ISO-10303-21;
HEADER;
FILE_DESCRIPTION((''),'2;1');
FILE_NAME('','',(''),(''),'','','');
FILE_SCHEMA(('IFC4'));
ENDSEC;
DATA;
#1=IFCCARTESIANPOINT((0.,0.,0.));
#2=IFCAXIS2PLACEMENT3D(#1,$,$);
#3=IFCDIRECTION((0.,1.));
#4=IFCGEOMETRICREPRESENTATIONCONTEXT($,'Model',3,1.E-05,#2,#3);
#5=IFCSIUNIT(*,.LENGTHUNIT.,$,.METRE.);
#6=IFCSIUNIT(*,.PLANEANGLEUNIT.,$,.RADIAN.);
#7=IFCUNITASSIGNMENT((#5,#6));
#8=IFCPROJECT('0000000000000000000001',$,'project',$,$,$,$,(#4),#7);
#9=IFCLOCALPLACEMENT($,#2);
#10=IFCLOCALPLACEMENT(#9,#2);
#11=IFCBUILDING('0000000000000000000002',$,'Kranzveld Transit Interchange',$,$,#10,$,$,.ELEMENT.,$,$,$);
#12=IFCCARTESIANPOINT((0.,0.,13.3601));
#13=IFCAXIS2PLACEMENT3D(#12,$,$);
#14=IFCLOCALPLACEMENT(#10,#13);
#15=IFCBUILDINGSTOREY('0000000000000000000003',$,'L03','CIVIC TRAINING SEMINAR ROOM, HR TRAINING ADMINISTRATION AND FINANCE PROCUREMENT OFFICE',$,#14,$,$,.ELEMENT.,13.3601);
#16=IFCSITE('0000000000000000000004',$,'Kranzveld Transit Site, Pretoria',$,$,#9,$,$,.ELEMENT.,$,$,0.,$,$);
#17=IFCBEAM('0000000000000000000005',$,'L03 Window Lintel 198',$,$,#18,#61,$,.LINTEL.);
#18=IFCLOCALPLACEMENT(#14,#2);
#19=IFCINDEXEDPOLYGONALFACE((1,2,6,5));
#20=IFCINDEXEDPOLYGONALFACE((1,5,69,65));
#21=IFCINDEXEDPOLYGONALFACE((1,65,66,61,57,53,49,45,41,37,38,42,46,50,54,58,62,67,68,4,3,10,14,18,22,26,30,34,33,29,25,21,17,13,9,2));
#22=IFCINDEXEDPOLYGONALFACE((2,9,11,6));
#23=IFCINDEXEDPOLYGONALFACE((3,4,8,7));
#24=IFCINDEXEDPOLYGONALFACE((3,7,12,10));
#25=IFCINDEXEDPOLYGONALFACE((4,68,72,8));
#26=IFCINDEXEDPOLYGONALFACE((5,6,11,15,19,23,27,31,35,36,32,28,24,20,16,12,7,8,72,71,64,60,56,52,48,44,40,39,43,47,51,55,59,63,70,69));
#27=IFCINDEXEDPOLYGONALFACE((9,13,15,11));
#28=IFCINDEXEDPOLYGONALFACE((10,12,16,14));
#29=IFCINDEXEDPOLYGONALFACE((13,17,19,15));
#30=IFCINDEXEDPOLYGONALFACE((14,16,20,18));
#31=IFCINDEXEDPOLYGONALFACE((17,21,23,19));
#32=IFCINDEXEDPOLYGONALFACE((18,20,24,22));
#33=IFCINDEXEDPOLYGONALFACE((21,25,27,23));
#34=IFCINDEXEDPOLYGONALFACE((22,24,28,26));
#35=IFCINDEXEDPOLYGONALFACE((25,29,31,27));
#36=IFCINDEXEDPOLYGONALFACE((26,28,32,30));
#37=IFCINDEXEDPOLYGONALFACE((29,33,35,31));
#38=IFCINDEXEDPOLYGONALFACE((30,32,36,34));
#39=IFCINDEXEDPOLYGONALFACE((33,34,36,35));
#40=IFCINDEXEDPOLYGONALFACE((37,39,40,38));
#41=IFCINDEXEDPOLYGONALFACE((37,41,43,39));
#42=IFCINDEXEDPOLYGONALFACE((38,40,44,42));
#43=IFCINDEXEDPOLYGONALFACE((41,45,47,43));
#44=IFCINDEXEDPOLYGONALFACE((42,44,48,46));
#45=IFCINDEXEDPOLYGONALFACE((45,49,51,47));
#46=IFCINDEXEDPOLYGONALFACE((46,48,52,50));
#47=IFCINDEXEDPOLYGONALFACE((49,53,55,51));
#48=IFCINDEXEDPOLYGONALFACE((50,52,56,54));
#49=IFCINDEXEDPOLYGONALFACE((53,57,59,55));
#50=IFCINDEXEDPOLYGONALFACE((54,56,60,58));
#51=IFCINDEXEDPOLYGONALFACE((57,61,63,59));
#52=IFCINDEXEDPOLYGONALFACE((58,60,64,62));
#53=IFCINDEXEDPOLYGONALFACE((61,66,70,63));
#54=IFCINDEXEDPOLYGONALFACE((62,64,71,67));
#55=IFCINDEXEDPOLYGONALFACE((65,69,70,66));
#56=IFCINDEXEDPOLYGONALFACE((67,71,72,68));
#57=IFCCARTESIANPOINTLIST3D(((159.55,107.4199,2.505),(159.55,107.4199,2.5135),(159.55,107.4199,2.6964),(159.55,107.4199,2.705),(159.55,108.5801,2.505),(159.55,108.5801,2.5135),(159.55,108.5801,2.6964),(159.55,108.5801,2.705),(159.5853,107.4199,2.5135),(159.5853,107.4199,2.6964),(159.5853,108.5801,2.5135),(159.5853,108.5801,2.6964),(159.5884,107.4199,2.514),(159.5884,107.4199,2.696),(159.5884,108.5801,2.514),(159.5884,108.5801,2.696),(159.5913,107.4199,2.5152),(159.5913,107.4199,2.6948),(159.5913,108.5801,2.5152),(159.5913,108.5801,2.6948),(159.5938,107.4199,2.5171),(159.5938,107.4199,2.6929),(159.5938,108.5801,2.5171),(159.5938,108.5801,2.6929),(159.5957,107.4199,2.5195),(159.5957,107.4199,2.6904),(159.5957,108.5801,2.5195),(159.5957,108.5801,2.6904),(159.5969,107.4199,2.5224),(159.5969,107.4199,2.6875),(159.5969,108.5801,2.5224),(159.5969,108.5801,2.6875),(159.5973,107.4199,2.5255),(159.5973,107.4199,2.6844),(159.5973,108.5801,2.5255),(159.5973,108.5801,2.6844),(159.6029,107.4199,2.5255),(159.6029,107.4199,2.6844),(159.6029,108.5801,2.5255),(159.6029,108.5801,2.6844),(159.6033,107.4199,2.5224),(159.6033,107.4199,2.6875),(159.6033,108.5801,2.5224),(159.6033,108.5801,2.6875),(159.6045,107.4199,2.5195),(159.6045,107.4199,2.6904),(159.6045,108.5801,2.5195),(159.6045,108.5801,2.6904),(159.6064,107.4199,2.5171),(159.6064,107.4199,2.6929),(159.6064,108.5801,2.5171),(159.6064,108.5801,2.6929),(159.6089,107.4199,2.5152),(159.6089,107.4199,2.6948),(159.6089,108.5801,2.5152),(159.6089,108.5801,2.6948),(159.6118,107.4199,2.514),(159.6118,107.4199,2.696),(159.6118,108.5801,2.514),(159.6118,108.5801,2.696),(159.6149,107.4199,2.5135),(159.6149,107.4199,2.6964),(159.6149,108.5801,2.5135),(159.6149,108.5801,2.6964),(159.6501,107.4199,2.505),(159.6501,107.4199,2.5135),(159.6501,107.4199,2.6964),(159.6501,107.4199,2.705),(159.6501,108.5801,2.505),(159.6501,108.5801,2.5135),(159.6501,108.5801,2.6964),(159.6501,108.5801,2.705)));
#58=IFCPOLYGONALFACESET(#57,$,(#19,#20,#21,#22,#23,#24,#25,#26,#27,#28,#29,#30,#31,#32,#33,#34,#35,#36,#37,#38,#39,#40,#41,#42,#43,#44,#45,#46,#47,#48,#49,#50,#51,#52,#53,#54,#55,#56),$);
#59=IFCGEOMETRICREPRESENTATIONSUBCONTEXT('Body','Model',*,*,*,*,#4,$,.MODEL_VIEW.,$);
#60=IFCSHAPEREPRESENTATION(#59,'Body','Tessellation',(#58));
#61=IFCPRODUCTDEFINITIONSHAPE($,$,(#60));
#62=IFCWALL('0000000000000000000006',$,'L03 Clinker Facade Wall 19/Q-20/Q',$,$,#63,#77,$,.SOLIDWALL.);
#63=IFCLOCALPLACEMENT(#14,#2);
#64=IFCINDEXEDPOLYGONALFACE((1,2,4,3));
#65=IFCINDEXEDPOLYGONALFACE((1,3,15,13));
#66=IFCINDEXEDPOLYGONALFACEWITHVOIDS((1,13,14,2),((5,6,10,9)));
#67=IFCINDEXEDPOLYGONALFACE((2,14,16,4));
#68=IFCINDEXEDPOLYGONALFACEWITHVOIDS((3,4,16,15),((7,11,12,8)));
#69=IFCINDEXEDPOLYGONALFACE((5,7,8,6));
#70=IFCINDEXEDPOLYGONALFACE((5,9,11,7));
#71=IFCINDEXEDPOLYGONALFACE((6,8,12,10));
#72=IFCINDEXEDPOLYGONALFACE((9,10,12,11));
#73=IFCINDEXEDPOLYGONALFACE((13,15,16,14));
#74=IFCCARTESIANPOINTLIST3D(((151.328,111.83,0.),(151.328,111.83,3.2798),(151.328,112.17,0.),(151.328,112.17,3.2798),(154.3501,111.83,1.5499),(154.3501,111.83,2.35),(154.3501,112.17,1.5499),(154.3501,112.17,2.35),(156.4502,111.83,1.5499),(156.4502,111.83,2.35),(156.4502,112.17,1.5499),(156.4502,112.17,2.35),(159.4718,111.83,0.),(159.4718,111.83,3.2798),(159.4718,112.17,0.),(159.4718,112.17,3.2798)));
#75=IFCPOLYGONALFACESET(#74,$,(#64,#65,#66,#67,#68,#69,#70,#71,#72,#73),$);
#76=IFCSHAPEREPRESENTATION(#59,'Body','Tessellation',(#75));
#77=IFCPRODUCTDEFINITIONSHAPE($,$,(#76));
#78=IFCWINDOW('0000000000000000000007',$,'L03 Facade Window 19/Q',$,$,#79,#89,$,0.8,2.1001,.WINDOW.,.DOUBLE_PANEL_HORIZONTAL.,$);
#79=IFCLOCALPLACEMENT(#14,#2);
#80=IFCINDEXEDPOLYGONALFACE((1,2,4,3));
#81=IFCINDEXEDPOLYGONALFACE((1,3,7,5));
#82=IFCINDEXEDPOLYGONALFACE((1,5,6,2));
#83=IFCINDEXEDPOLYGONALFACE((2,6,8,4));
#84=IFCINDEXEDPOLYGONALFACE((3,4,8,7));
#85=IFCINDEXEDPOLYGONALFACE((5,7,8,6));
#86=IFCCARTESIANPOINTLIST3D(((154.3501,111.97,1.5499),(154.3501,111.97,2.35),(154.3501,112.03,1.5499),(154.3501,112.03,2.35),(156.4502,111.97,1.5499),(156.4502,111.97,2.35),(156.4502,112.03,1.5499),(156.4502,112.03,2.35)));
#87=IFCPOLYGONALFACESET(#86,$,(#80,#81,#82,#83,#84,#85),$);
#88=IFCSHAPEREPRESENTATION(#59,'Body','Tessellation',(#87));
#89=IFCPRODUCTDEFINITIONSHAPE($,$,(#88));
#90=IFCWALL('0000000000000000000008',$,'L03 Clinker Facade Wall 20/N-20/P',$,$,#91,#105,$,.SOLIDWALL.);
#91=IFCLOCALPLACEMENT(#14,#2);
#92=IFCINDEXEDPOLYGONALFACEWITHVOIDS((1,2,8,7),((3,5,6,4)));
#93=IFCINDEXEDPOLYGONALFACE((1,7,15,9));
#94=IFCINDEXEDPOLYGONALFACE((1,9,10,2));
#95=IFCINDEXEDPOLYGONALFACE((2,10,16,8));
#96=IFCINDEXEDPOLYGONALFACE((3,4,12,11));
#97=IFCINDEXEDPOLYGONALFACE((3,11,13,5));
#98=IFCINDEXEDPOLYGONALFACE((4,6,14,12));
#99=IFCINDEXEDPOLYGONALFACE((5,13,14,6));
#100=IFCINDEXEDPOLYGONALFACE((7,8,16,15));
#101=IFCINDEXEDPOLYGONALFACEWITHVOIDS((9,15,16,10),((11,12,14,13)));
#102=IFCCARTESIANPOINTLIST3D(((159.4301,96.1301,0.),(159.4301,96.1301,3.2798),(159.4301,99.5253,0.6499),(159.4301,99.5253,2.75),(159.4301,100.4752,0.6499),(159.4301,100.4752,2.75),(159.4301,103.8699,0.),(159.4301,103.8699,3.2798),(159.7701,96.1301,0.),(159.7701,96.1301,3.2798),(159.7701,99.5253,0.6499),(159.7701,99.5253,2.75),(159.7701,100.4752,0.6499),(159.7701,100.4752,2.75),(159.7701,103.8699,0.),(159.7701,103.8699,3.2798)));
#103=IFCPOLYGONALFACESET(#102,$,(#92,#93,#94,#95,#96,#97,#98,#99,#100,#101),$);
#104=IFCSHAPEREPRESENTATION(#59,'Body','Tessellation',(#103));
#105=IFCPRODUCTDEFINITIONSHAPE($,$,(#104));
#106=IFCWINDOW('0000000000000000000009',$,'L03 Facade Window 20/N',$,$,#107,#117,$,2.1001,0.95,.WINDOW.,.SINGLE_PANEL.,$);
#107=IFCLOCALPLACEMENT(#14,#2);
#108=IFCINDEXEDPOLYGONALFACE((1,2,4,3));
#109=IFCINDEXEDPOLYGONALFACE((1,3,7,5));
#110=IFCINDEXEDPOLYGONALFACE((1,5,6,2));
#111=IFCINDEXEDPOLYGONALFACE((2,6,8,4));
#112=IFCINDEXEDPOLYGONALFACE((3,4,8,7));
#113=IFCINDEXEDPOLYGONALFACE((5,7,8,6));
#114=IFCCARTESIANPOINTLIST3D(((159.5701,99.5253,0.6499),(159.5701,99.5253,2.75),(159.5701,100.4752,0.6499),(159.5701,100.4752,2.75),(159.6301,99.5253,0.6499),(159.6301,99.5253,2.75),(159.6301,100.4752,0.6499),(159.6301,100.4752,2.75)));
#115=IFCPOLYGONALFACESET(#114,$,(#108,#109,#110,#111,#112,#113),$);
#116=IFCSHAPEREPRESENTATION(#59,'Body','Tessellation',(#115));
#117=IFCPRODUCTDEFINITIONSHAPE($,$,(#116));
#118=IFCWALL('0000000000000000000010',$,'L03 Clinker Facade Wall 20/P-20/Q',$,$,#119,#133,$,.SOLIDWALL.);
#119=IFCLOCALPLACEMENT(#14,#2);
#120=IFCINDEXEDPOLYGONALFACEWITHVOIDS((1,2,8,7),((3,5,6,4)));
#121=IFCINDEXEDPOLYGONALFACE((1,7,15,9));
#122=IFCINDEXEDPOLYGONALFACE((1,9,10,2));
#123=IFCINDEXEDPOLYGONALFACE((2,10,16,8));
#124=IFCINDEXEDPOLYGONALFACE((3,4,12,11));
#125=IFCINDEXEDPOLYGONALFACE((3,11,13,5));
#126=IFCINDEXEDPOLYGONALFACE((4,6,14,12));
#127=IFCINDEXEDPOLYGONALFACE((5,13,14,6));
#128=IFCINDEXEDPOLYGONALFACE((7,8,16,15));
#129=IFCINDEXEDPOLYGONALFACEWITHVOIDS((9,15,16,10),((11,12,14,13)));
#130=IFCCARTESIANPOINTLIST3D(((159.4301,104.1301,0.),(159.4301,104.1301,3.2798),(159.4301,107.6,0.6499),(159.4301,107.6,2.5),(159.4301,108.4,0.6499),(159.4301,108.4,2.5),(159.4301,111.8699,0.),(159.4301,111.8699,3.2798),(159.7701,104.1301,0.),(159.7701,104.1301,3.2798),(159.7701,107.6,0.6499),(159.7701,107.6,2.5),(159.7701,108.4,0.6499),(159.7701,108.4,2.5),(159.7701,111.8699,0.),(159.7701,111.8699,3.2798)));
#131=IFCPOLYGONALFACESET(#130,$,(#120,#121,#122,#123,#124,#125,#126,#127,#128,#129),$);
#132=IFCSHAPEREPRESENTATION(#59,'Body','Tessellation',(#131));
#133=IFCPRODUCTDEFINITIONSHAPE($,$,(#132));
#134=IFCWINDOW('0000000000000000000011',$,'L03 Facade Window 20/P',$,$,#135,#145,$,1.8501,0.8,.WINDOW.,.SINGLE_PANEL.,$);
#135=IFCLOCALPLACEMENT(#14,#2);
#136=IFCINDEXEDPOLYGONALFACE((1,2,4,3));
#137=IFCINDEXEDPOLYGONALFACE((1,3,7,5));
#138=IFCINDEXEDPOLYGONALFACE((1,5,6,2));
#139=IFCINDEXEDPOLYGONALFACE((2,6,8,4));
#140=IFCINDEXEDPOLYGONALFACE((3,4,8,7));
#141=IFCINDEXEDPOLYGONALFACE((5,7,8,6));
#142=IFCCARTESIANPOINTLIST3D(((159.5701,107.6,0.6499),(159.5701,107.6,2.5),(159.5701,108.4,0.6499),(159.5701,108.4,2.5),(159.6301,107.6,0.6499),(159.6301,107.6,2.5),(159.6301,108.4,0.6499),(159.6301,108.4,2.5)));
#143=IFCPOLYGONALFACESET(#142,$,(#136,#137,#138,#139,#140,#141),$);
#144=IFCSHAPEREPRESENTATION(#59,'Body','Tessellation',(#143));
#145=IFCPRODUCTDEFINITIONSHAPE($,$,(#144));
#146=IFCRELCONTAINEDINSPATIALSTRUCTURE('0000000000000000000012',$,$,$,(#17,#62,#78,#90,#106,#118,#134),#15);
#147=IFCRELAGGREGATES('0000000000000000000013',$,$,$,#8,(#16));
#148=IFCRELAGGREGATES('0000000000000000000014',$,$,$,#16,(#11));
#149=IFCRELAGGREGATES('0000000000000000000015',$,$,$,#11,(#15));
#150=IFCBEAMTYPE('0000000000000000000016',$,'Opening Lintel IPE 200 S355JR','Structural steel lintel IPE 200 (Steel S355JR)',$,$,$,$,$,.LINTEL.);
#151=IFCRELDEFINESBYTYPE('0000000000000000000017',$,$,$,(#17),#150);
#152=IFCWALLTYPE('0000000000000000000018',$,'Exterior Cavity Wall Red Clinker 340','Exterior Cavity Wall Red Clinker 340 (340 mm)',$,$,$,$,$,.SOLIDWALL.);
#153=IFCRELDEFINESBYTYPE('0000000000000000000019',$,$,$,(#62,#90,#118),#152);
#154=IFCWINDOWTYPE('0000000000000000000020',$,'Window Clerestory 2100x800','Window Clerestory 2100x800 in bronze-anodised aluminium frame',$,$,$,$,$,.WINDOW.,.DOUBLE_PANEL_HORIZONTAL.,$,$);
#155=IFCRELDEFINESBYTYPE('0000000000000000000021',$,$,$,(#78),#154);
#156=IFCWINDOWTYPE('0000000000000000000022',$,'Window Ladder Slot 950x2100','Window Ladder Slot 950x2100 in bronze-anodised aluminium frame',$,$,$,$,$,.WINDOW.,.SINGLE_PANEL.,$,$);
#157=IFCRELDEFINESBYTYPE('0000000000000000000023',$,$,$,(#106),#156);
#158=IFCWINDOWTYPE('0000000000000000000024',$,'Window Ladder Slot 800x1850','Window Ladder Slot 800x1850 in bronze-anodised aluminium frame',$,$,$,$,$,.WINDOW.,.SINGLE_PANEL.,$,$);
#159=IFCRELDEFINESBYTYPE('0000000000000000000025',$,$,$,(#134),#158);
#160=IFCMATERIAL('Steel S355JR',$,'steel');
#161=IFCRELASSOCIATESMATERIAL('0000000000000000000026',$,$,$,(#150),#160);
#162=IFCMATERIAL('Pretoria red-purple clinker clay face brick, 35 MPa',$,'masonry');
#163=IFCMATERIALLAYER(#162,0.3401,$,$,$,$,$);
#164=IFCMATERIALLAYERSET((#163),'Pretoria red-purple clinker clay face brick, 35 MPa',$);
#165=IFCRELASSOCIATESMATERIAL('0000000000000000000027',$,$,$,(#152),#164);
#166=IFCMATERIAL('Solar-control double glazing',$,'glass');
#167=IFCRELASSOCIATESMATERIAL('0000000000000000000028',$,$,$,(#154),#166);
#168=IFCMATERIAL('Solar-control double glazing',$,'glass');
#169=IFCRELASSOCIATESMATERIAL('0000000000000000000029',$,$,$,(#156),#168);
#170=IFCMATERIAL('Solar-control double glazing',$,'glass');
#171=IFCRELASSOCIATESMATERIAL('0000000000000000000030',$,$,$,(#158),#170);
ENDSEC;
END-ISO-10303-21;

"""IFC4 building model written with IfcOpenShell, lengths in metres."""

from ifc_helpers import new_model, si_unit, direction, frame, frame_2d, origin, origin_2d, place, context, subcontext, project, spatial, rectangle, i_section, extrude, material, layer, layer_set, material_profile, profile_set, type_object, element, fill, save


model = new_model("IFC4")

# Units and contexts
model_context = context("Model", 3, precision=1e-05, world=origin(), true_north=direction((0.0, 1.0)))
body_context = subcontext(model_context, "Body", "Model", "MODEL_VIEW")
ifc_project = project(units=[si_unit("LENGTHUNIT", "METRE"), si_unit("PLANEANGLEUNIT", "RADIAN")], contexts=[model_context])

# Site, building, storey
site_placement = place(None, origin())
site = spatial("IfcSite", under=ifc_project, at=site_placement, Name="Kranzveld Transit Site, Pretoria", CompositionType="ELEMENT", RefElevation=0.0)
building_placement = place(site_placement, origin())
building = spatial("IfcBuilding", under=site, at=building_placement, Name="Kranzveld Transit Interchange", CompositionType="ELEMENT")
storey_placement = place(building_placement, frame((0.0, 0.0, 13.3601)))
storey = spatial("IfcBuildingStorey", under=building, at=storey_placement, Name="L03", Description="CIVIC TRAINING SEMINAR ROOM, HR TRAINING ADMINISTRATION AND FINANCE PROCUREMENT OFFICE", CompositionType="ELEMENT", Elevation=13.3601)

# Beam
ifc_material_1 = material(Name="Steel S355JR", Category="steel")
ifc_material_profile_1 = material_profile(ifc_material_1, i_section(OverallWidth=0.1001, OverallDepth=0.2, WebThickness=0.0056, FlangeThickness=0.0085, FilletRadius=0.012, at=origin_2d()), Name="IPE 200")
ifc_profile_set_1 = profile_set([ifc_material_profile_1], Name="Steel S355JR")
beam_type_1 = type_object("IfcBeamType", Name="Opening Lintel IPE 200 S355JR", Description="Structural steel lintel IPE 200 (Steel S355JR)", PredefinedType="LINTEL", material=ifc_profile_set_1)
beam_1_placement = place(storey_placement, frame((159.6001, 107.4199, 2.605), z_axis=(0.0, 1.0, 0.0), x_axis=(-1.0, 0.0, 0.0)))
element("IfcBeam", 1, at=beam_1_placement, inside=storey, type_object=beam_type_1, Name="L03 Window Lintel 198", PredefinedType="LINTEL", context=body_context, shape_type="SweptSolid", body=[
    extrude(i_section(OverallWidth=0.1001, OverallDepth=0.2, WebThickness=0.0056, FlangeThickness=0.0085, FilletRadius=0.012, at=origin_2d()), origin(), (0.0, 0.0, 1.0), 1.1602),
])

# Walls, openings, windows
ifc_material_2 = material(Name="Pretoria red-purple clinker clay face brick, 35 MPa", Category="masonry")
ifc_layer_1 = layer(ifc_material_2, 0.3401)
ifc_layer_set_1 = layer_set([ifc_layer_1], Name="Pretoria red-purple clinker clay face brick, 35 MPa")
wall_type_1 = type_object("IfcWallType", Name="Exterior Cavity Wall Red Clinker 340", Description="Exterior Cavity Wall Red Clinker 340 (340 mm)", PredefinedType="SOLIDWALL", material=ifc_layer_set_1)
wall_1_placement = place(storey_placement, frame((151.3281, 112.0, 0.0), z_axis=(0.0, 0.0, 1.0), x_axis=(1.0, 0.0, 0.0)))
wall_1 = element("IfcWall", 2, at=wall_1_placement, inside=storey, type_object=wall_type_1, Name="L03 Clinker Facade Wall 19/Q-20/Q", PredefinedType="SOLIDWALL", context=body_context, shape_type="SweptSolid", body=[
    extrude(rectangle(XDim=8.1438, YDim=0.3401, at=frame_2d((4.0718, 0.0))), origin(), (0.0, 0.0, 1.0), 3.2798),
])
opening_1_placement = place(wall_1_placement, frame((3.022, 0.0, 1.55), z_axis=(0.0, 0.0, 1.0), x_axis=(1.0, 0.0, 0.0)))
opening_1 = element("IfcOpeningElement", 3, at=opening_1_placement, cuts=wall_1, PredefinedType="OPENING", context=body_context, shape_type="SweptSolid", body=[
    extrude(rectangle(XDim=2.1001, YDim=0.8, at=frame_2d((1.05, 0.3999))), frame((0.0, 0.1799, 0.0), z_axis=(0.0, -1.0, 0.0), x_axis=(1.0, 0.0, 0.0)), (0.0, 0.0, 1.0), 0.3601),
])
ifc_material_3 = material(Name="Solar-control double glazing", Category="glass")
window_type_1 = type_object("IfcWindowType", Name="Window Clerestory 2100x800", Description="Window Clerestory 2100x800 in bronze-anodised aluminium frame", PartitioningType="DOUBLE_PANEL_HORIZONTAL", PredefinedType="WINDOW", material=ifc_material_3)
window_1_placement = place(opening_1_placement, origin())
window_1 = element("IfcWindow", 4, at=window_1_placement, inside=storey, type_object=window_type_1, Name="L03 Facade Window 19/Q", OverallHeight=0.8, OverallWidth=2.1001, PartitioningType="DOUBLE_PANEL_HORIZONTAL", PredefinedType="WINDOW", context=body_context, shape_type="SweptSolid", body=[
    extrude(rectangle(XDim=2.1001, YDim=0.8, at=frame_2d((1.05, 0.3999))), frame((0.0, 0.03, 0.0), z_axis=(0.0, -1.0, 0.0), x_axis=(1.0, 0.0, 0.0)), (0.0, 0.0, 1.0), 0.0601),
])
fill(opening_1, window_1)
wall_2_placement = place(storey_placement, frame((159.6001, 96.1301, 0.0), z_axis=(0.0, 0.0, 1.0), x_axis=(0.0, 1.0, 0.0)))
wall_2 = element("IfcWall", 5, at=wall_2_placement, inside=storey, type_object=wall_type_1, Name="L03 Clinker Facade Wall 20/N-20/P", PredefinedType="SOLIDWALL", context=body_context, shape_type="SweptSolid", body=[
    extrude(rectangle(XDim=7.7397, YDim=0.3401, at=frame_2d((3.8699, 0.0))), origin(), (0.0, 0.0, 1.0), 3.2798),
])
opening_2_placement = place(wall_2_placement, frame((3.395, 0.0, 0.6499), z_axis=(0.0, 0.0, 1.0), x_axis=(1.0, 0.0, 0.0)))
opening_2 = element("IfcOpeningElement", 6, at=opening_2_placement, cuts=wall_2, PredefinedType="OPENING", context=body_context, shape_type="SweptSolid", body=[
    extrude(rectangle(XDim=0.95, YDim=2.1001, at=frame_2d((0.4751, 1.05))), frame((0.0, 0.1799, 0.0), z_axis=(0.0, -1.0, 0.0), x_axis=(1.0, 0.0, 0.0)), (0.0, 0.0, 1.0), 0.3601),
])
ifc_material_4 = material(Name="Solar-control double glazing", Category="glass")
window_type_2 = type_object("IfcWindowType", Name="Window Ladder Slot 950x2100", Description="Window Ladder Slot 950x2100 in bronze-anodised aluminium frame", PartitioningType="SINGLE_PANEL", PredefinedType="WINDOW", material=ifc_material_4)
window_2_placement = place(opening_2_placement, origin())
window_2 = element("IfcWindow", 7, at=window_2_placement, inside=storey, type_object=window_type_2, Name="L03 Facade Window 20/N", OverallHeight=2.1001, OverallWidth=0.95, PartitioningType="SINGLE_PANEL", PredefinedType="WINDOW", context=body_context, shape_type="SweptSolid", body=[
    extrude(rectangle(XDim=0.95, YDim=2.1001, at=frame_2d((0.4751, 1.05))), frame((0.0, 0.03, 0.0), z_axis=(0.0, -1.0, 0.0), x_axis=(1.0, 0.0, 0.0)), (0.0, 0.0, 1.0), 0.0601),
])
fill(opening_2, window_2)
wall_3_placement = place(storey_placement, frame((159.6001, 104.1301, 0.0), z_axis=(0.0, 0.0, 1.0), x_axis=(0.0, 1.0, 0.0)))
wall_3 = element("IfcWall", 8, at=wall_3_placement, inside=storey, type_object=wall_type_1, Name="L03 Clinker Facade Wall 20/P-20/Q", PredefinedType="SOLIDWALL", context=body_context, shape_type="SweptSolid", body=[
    extrude(rectangle(XDim=7.7397, YDim=0.3401, at=frame_2d((3.8699, 0.0))), origin(), (0.0, 0.0, 1.0), 3.2798),
])
opening_3_placement = place(wall_3_placement, frame((3.47, 0.0, 0.6499), z_axis=(0.0, 0.0, 1.0), x_axis=(1.0, 0.0, 0.0)))
opening_3 = element("IfcOpeningElement", 9, at=opening_3_placement, cuts=wall_3, PredefinedType="OPENING", context=body_context, shape_type="SweptSolid", body=[
    extrude(rectangle(XDim=0.8, YDim=1.8501, at=frame_2d((0.3999, 0.925))), frame((0.0, 0.1799, 0.0), z_axis=(0.0, -1.0, 0.0), x_axis=(1.0, 0.0, 0.0)), (0.0, 0.0, 1.0), 0.3601),
])
ifc_material_5 = material(Name="Solar-control double glazing", Category="glass")
window_type_3 = type_object("IfcWindowType", Name="Window Ladder Slot 800x1850", Description="Window Ladder Slot 800x1850 in bronze-anodised aluminium frame", PartitioningType="SINGLE_PANEL", PredefinedType="WINDOW", material=ifc_material_5)
window_3_placement = place(opening_3_placement, origin())
window_3 = element("IfcWindow", 10, at=window_3_placement, inside=storey, type_object=window_type_3, Name="L03 Facade Window 20/P", OverallHeight=1.8501, OverallWidth=0.8, PartitioningType="SINGLE_PANEL", PredefinedType="WINDOW", context=body_context, shape_type="SweptSolid", body=[
    extrude(rectangle(XDim=0.8, YDim=1.8501, at=frame_2d((0.3999, 0.925))), frame((0.0, 0.03, 0.0), z_axis=(0.0, -1.0, 0.0), x_axis=(1.0, 0.0, 0.0)), (0.0, 0.0, 1.0), 0.0601),
])
fill(opening_3, window_3)

save(model, "model.ifc")
